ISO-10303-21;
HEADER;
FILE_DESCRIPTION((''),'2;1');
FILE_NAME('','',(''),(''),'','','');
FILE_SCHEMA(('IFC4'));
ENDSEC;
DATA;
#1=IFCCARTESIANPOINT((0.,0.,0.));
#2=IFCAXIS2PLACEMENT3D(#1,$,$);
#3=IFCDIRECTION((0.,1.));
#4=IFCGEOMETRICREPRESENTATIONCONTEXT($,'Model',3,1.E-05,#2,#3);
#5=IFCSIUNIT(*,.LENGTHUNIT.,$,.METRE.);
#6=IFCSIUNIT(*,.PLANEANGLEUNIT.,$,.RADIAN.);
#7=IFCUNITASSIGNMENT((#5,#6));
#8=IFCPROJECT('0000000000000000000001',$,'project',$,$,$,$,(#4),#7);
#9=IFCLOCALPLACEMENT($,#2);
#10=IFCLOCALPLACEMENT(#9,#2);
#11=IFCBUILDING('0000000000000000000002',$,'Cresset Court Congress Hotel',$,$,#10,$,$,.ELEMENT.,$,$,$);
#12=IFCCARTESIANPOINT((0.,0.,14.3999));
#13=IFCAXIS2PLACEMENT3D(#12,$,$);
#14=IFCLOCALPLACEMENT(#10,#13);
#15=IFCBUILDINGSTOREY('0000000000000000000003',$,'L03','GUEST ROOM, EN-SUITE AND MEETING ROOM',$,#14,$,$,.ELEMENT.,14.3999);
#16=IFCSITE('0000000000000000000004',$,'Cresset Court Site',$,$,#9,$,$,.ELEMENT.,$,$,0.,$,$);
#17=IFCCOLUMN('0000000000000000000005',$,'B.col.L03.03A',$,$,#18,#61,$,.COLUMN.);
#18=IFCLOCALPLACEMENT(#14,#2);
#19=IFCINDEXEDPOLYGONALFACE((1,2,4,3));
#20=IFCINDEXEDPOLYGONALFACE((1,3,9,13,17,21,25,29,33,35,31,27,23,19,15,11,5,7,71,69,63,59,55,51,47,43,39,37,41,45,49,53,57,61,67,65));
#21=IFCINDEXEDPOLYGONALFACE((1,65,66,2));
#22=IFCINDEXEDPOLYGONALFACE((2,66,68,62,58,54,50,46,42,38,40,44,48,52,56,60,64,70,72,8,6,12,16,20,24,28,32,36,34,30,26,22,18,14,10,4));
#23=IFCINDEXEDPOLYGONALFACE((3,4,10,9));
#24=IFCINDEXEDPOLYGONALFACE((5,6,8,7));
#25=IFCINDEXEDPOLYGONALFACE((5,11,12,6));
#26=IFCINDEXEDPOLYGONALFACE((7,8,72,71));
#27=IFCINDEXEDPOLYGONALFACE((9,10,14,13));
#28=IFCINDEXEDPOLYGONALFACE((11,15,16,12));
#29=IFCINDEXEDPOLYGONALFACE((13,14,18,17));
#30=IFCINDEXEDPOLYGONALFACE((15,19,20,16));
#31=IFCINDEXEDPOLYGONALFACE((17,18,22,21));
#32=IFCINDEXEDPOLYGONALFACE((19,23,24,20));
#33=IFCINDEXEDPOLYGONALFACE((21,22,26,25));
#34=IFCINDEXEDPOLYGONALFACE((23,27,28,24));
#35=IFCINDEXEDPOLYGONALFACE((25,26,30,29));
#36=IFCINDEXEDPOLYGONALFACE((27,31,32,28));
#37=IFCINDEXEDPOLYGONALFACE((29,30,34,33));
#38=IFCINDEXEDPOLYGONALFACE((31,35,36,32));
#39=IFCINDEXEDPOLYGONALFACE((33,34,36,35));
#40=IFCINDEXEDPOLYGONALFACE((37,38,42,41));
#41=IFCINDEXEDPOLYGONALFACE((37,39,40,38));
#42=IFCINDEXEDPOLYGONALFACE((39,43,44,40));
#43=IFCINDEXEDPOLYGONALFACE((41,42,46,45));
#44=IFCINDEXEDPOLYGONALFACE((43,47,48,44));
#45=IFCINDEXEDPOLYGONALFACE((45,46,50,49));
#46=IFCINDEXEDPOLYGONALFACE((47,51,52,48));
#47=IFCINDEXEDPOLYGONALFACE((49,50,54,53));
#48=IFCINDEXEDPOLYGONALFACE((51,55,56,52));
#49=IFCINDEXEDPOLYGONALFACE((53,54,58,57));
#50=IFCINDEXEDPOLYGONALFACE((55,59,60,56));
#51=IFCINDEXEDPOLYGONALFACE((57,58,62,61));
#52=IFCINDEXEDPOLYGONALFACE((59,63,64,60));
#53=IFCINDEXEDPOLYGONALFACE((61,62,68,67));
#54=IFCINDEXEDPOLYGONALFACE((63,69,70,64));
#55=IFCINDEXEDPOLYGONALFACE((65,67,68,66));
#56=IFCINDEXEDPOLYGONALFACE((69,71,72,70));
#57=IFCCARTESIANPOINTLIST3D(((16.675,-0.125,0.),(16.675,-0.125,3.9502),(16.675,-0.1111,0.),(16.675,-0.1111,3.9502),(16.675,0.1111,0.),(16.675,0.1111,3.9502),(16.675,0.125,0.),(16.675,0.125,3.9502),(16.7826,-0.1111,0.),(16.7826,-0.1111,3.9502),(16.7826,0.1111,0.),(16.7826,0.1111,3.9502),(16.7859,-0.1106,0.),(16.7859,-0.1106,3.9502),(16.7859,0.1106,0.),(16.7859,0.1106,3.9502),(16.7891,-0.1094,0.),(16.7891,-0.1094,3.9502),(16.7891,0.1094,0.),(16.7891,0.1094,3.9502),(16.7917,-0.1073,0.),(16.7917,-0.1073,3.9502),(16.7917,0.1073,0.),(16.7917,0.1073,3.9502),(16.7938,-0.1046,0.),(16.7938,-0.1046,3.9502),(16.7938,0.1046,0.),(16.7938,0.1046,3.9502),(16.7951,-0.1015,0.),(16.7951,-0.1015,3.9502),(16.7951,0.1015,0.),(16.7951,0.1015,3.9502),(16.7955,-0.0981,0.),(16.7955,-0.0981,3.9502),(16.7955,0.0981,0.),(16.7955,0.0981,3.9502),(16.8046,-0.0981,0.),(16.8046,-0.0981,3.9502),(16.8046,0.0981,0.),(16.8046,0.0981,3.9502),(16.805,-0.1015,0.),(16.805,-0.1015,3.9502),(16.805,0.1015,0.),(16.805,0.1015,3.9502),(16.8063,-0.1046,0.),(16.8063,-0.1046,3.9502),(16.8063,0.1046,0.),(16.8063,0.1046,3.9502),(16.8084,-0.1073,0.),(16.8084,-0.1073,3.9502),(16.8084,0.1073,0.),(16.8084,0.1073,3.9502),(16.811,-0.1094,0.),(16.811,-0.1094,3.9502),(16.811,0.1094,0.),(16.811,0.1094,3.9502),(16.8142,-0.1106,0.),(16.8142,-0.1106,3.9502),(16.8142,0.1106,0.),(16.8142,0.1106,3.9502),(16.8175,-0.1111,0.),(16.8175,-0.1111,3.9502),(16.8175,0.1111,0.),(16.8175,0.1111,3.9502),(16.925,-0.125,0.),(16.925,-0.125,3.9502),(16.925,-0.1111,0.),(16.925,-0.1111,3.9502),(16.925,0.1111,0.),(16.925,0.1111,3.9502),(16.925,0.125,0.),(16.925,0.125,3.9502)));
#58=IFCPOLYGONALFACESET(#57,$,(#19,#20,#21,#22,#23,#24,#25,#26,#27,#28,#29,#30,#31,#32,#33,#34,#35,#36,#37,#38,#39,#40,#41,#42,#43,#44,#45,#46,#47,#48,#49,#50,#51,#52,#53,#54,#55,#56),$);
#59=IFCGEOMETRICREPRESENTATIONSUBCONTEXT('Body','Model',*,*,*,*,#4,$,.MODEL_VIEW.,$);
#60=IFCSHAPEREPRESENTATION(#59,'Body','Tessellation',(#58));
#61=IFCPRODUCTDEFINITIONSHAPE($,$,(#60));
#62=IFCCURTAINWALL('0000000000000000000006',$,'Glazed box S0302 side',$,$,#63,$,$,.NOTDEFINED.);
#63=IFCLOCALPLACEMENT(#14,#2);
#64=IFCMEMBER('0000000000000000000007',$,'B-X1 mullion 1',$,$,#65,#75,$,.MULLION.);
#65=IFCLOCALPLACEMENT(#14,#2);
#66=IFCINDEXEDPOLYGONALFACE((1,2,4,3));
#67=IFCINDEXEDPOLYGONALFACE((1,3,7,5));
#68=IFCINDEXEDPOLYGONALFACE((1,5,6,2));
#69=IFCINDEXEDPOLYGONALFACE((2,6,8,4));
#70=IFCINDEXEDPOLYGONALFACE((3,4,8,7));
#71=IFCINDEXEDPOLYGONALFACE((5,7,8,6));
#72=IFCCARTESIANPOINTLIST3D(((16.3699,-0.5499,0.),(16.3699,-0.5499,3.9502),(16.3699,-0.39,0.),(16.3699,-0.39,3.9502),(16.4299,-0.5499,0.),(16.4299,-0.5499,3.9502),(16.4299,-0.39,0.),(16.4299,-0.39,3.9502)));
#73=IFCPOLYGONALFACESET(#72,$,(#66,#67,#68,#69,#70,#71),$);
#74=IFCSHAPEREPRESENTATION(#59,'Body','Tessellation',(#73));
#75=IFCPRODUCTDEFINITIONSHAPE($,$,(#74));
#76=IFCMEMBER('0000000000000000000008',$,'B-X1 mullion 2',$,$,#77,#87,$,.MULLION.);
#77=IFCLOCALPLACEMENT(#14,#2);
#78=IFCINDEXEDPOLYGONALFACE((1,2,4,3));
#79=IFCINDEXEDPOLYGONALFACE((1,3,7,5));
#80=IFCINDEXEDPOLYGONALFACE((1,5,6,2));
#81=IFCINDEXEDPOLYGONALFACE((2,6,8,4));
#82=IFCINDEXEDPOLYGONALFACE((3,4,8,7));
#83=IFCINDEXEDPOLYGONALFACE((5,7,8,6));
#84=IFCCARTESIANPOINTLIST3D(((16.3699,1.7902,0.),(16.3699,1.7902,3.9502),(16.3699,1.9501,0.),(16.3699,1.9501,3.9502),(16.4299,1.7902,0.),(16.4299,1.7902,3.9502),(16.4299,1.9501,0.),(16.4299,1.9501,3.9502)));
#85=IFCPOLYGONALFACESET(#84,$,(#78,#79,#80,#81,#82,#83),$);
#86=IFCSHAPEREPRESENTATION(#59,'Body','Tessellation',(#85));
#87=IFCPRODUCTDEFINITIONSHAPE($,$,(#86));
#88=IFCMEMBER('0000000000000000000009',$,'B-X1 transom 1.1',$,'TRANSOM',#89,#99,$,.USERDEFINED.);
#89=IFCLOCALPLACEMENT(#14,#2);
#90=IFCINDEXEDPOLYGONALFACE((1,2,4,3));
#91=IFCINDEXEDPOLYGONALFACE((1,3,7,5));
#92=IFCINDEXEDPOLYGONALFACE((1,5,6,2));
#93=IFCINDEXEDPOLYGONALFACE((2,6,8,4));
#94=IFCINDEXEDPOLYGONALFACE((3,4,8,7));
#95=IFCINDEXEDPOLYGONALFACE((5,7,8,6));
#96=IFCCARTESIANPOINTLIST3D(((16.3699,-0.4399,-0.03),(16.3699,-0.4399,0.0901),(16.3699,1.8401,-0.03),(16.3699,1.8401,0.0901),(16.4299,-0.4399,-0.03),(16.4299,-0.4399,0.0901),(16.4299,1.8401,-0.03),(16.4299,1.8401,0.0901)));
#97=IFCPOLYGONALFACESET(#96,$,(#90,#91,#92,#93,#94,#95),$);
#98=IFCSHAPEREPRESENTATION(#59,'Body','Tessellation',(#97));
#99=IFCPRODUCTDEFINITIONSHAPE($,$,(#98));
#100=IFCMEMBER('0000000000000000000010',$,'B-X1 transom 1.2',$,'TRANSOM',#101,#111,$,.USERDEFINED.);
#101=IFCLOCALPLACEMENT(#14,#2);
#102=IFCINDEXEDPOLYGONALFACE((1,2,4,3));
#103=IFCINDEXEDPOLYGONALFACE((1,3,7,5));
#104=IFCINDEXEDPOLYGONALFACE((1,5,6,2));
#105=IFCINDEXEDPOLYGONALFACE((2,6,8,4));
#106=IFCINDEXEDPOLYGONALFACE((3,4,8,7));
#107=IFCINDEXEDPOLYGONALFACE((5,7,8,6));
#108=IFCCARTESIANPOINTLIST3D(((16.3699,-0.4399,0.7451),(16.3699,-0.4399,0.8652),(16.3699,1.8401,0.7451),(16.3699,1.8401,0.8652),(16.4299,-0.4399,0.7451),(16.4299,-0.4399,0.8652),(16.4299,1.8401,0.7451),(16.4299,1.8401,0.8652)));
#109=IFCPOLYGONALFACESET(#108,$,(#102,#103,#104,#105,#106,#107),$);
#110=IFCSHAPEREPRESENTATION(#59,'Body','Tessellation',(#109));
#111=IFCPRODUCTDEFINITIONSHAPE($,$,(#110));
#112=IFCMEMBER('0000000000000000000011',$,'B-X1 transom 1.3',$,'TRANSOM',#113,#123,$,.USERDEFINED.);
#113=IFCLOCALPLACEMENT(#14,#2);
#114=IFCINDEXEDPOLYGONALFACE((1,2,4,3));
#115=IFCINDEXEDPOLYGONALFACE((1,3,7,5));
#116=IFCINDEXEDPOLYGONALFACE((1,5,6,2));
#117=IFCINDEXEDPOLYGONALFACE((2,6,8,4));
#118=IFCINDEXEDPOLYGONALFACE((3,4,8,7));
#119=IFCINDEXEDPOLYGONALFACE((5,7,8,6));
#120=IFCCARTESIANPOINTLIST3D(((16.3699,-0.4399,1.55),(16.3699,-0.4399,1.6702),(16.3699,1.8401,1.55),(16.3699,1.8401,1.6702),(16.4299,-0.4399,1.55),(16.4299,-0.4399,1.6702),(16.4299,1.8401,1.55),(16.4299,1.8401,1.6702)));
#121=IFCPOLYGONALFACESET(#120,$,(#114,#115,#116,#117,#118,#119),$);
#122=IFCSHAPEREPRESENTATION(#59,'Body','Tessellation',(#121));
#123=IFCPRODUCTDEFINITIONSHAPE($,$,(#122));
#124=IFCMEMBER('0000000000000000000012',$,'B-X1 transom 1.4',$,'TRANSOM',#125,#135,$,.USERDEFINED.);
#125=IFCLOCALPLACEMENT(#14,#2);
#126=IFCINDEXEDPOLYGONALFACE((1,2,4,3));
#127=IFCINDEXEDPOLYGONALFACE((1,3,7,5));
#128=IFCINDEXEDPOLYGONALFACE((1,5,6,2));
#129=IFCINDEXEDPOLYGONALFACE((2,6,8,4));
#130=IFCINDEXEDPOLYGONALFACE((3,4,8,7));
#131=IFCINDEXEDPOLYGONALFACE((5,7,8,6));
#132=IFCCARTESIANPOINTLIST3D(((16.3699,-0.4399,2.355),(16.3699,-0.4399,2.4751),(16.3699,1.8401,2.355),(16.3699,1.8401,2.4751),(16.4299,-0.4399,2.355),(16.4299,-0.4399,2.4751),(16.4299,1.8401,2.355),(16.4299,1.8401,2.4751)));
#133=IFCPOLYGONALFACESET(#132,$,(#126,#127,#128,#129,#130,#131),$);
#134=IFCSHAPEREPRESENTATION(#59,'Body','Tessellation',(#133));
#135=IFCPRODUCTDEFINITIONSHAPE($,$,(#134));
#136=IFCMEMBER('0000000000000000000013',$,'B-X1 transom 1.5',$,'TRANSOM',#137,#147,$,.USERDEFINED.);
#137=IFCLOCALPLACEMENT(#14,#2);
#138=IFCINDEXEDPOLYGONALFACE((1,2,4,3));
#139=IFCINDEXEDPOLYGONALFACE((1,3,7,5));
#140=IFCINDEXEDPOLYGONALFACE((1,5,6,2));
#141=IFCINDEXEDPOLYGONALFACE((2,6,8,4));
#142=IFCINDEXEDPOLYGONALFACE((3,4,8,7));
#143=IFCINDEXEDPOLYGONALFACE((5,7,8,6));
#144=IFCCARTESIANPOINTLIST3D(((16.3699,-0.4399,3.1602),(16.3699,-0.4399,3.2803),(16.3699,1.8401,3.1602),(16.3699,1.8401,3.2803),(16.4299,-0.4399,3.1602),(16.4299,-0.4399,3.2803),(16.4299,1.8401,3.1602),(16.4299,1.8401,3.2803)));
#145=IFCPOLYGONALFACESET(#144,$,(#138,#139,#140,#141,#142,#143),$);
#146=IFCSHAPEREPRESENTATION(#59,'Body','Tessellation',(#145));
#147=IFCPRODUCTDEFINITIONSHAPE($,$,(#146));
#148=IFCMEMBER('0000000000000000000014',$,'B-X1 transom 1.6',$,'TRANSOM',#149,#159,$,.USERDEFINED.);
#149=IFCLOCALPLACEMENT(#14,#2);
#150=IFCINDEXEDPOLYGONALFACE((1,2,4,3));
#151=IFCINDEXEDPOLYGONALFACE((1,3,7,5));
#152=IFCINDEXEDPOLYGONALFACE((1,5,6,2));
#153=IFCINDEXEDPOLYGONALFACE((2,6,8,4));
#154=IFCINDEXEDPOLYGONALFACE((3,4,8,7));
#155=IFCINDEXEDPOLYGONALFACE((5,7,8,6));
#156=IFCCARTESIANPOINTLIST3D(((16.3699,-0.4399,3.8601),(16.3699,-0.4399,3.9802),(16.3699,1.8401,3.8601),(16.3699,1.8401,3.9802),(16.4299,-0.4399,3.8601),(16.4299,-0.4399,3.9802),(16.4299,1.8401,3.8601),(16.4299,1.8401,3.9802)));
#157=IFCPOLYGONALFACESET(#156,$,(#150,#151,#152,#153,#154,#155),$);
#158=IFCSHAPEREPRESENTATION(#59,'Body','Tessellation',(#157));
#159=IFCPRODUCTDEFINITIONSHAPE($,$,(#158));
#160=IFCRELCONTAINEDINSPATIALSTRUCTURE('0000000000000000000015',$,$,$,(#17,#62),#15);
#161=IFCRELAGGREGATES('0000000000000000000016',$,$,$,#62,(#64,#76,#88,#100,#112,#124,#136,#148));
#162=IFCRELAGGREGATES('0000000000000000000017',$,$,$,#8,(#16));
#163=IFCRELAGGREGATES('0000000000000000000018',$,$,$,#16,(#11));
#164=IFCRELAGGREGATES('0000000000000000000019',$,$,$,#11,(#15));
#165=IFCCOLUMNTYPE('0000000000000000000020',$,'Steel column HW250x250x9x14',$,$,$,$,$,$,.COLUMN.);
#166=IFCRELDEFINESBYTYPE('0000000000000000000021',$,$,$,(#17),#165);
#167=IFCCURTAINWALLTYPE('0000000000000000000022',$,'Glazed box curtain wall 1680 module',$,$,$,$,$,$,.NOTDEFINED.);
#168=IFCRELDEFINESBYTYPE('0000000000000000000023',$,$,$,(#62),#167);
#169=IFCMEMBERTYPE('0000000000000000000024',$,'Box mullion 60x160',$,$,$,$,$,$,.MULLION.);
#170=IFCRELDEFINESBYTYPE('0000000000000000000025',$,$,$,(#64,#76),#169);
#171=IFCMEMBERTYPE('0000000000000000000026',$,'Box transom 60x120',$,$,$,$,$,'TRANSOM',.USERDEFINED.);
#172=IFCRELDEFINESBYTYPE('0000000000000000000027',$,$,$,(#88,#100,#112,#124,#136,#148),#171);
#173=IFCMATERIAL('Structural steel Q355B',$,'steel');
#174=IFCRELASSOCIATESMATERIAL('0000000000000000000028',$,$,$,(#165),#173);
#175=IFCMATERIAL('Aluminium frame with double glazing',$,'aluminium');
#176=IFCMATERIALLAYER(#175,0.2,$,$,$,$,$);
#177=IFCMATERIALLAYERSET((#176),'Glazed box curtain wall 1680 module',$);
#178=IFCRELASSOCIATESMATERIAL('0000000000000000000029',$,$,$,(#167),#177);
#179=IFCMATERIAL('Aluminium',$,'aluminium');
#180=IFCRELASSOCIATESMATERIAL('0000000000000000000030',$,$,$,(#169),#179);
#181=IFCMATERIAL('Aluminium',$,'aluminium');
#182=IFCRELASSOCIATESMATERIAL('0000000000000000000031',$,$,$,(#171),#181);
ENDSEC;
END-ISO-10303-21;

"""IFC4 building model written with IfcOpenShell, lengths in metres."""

from ifc_helpers import new_model, si_unit, direction, frame, origin, origin_2d, place, context, subcontext, project, spatial, rectangle, i_section, extrude, material, layer, layer_set, material_profile, profile_set, type_object, element, aggregate, save


model = new_model("IFC4")

# Units and contexts
model_context = context("Model", 3, precision=1e-05, world=origin(), true_north=direction((0.0, 1.0)))
body_context = subcontext(model_context, "Body", "Model", "MODEL_VIEW")
ifc_project = project(units=[si_unit("LENGTHUNIT", "METRE"), si_unit("PLANEANGLEUNIT", "RADIAN")], contexts=[model_context])

# Site, building, storey
site_placement = place(None, origin())
site = spatial("IfcSite", under=ifc_project, at=site_placement, Name="Cresset Court Site", CompositionType="ELEMENT", RefElevation=0.0)
building_placement = place(site_placement, origin())
building = spatial("IfcBuilding", under=site, at=building_placement, Name="Cresset Court Congress Hotel", CompositionType="ELEMENT")
storey_placement = place(building_placement, frame((0.0, 0.0, 14.3999)))
storey = spatial("IfcBuildingStorey", under=building, at=storey_placement, Name="L03", Description="GUEST ROOM, EN-SUITE AND MEETING ROOM", CompositionType="ELEMENT", Elevation=14.3999)

# Column
ifc_material_1 = material(Name="Structural steel Q355B", Category="steel")
ifc_material_profile_1 = material_profile(ifc_material_1, i_section(OverallWidth=0.25, OverallDepth=0.25, WebThickness=0.009, FlangeThickness=0.0139, FilletRadius=0.0129, at=origin_2d()), Name="HW250x250x9x14")
ifc_profile_set_1 = profile_set([ifc_material_profile_1], Name="Structural steel Q355B")
column_type = type_object("IfcColumnType", Name="Steel column HW250x250x9x14", PredefinedType="COLUMN", material=ifc_profile_set_1)
column_placement = place(storey_placement, frame((16.8, 0.0, 0.0), z_axis=(0.0, 0.0, 1.0), x_axis=(1.0, 0.0, 0.0)))
element("IfcColumn", 1, at=column_placement, inside=storey, type_object=column_type, Name="B.col.L03.03A", PredefinedType="COLUMN", context=body_context, shape_type="SweptSolid", body=[
    extrude(i_section(OverallWidth=0.25, OverallDepth=0.25, WebThickness=0.009, FlangeThickness=0.0139, FilletRadius=0.0129, at=origin_2d()), origin(), (0.0, 0.0, 1.0), 3.9502),
])

# Curtain wall, members
ifc_material_2 = material(Name="Aluminium frame with double glazing", Category="aluminium")
ifc_layer_1 = layer(ifc_material_2, 0.2)
ifc_layer_set_1 = layer_set([ifc_layer_1], Name="Glazed box curtain wall 1680 module")
curtain_wall_type = type_object("IfcCurtainWallType", Name="Glazed box curtain wall 1680 module", PredefinedType="NOTDEFINED", material=ifc_layer_set_1)
curtain_wall_1_placement = place(storey_placement, origin())
curtain_wall_1 = element("IfcCurtainWall", 2, at=curtain_wall_1_placement, inside=storey, type_object=curtain_wall_type, Name="Glazed box S0302 side", PredefinedType="NOTDEFINED")
ifc_material_3 = material(Name="Aluminium", Category="aluminium")
ifc_material_profile_2 = material_profile(ifc_material_3, rectangle(XDim=0.0601, YDim=0.1599, at=origin_2d()), Name="Box mullion 60x160")
ifc_profile_set_2 = profile_set([ifc_material_profile_2], Name="Aluminium")
member_type_1 = type_object("IfcMemberType", Name="Box mullion 60x160", PredefinedType="MULLION", material=ifc_profile_set_2)
member_1_placement = place(storey_placement, frame((16.3999, -0.47, 0.0), z_axis=(0.0, 0.0, 1.0), x_axis=(-1.0, 0.0, 0.0)))
member_1 = element("IfcMember", 3, at=member_1_placement, type_object=member_type_1, Name="B-X1 mullion 1", PredefinedType="MULLION", context=body_context, shape_type="SweptSolid", body=[
    extrude(rectangle(XDim=0.0601, YDim=0.1599, at=origin_2d()), origin(), (0.0, 0.0, 1.0), 3.9502),
])
member_2_placement = place(storey_placement, frame((16.3999, 1.8701, 0.0), z_axis=(0.0, 0.0, 1.0), x_axis=(-1.0, 0.0, 0.0)))
member_2 = element("IfcMember", 4, at=member_2_placement, type_object=member_type_1, Name="B-X1 mullion 2", PredefinedType="MULLION", context=body_context, shape_type="SweptSolid", body=[
    extrude(rectangle(XDim=0.0601, YDim=0.1599, at=origin_2d()), origin(), (0.0, 0.0, 1.0), 3.9502),
])
ifc_material_4 = material(Name="Aluminium", Category="aluminium")
ifc_material_profile_3 = material_profile(ifc_material_4, rectangle(XDim=0.0601, YDim=0.1201, at=origin_2d()), Name="Box transom 60x120")
ifc_profile_set_3 = profile_set([ifc_material_profile_3], Name="Aluminium")
member_type_2 = type_object("IfcMemberType", Name="Box transom 60x120", ElementType="TRANSOM", PredefinedType="USERDEFINED", material=ifc_profile_set_3)
member_3_placement = place(storey_placement, frame((16.3999, -0.4399, 0.03), z_axis=(0.0, 1.0, 0.0), x_axis=(-1.0, 0.0, 0.0)))
member_3 = element("IfcMember", 5, at=member_3_placement, type_object=member_type_2, Name="B-X1 transom 1.1", ObjectType="TRANSOM", PredefinedType="USERDEFINED", context=body_context, shape_type="SweptSolid", body=[
    extrude(rectangle(XDim=0.0601, YDim=0.1201, at=origin_2d()), origin(), (0.0, 0.0, 1.0), 2.28),
])
member_4_placement = place(storey_placement, frame((16.3999, -0.4399, 0.8052), z_axis=(0.0, 1.0, 0.0), x_axis=(-1.0, 0.0, 0.0)))
member_4 = element("IfcMember", 6, at=member_4_placement, type_object=member_type_2, Name="B-X1 transom 1.2", ObjectType="TRANSOM", PredefinedType="USERDEFINED", context=body_context, shape_type="SweptSolid", body=[
    extrude(rectangle(XDim=0.0601, YDim=0.1201, at=origin_2d()), origin(), (0.0, 0.0, 1.0), 2.28),
])
member_5_placement = place(storey_placement, frame((16.3999, -0.4399, 1.6101), z_axis=(0.0, 1.0, 0.0), x_axis=(-1.0, 0.0, 0.0)))
member_5 = element("IfcMember", 7, at=member_5_placement, type_object=member_type_2, Name="B-X1 transom 1.3", ObjectType="TRANSOM", PredefinedType="USERDEFINED", context=body_context, shape_type="SweptSolid", body=[
    extrude(rectangle(XDim=0.0601, YDim=0.1201, at=origin_2d()), origin(), (0.0, 0.0, 1.0), 2.28),
])
member_6_placement = place(storey_placement, frame((16.3999, -0.4399, 2.415), z_axis=(0.0, 1.0, 0.0), x_axis=(-1.0, 0.0, 0.0)))
member_6 = element("IfcMember", 8, at=member_6_placement, type_object=member_type_2, Name="B-X1 transom 1.4", ObjectType="TRANSOM", PredefinedType="USERDEFINED", context=body_context, shape_type="SweptSolid", body=[
    extrude(rectangle(XDim=0.0601, YDim=0.1201, at=origin_2d()), origin(), (0.0, 0.0, 1.0), 2.28),
])
member_7_placement = place(storey_placement, frame((16.3999, -0.4399, 3.2202), z_axis=(0.0, 1.0, 0.0), x_axis=(-1.0, 0.0, 0.0)))
member_7 = element("IfcMember", 9, at=member_7_placement, type_object=member_type_2, Name="B-X1 transom 1.5", ObjectType="TRANSOM", PredefinedType="USERDEFINED", context=body_context, shape_type="SweptSolid", body=[
    extrude(rectangle(XDim=0.0601, YDim=0.1201, at=origin_2d()), origin(), (0.0, 0.0, 1.0), 2.28),
])
member_8_placement = place(storey_placement, frame((16.3999, -0.4399, 3.9202), z_axis=(0.0, 1.0, 0.0), x_axis=(-1.0, 0.0, 0.0)))
member_8 = element("IfcMember", 10, at=member_8_placement, type_object=member_type_2, Name="B-X1 transom 1.6", ObjectType="TRANSOM", PredefinedType="USERDEFINED", context=body_context, shape_type="SweptSolid", body=[
    extrude(rectangle(XDim=0.0601, YDim=0.1201, at=origin_2d()), origin(), (0.0, 0.0, 1.0), 2.28),
])

aggregate(curtain_wall_1, [member_1, member_2, member_3, member_4, member_5, member_6, member_7, member_8])

save(model, "model.ifc")
